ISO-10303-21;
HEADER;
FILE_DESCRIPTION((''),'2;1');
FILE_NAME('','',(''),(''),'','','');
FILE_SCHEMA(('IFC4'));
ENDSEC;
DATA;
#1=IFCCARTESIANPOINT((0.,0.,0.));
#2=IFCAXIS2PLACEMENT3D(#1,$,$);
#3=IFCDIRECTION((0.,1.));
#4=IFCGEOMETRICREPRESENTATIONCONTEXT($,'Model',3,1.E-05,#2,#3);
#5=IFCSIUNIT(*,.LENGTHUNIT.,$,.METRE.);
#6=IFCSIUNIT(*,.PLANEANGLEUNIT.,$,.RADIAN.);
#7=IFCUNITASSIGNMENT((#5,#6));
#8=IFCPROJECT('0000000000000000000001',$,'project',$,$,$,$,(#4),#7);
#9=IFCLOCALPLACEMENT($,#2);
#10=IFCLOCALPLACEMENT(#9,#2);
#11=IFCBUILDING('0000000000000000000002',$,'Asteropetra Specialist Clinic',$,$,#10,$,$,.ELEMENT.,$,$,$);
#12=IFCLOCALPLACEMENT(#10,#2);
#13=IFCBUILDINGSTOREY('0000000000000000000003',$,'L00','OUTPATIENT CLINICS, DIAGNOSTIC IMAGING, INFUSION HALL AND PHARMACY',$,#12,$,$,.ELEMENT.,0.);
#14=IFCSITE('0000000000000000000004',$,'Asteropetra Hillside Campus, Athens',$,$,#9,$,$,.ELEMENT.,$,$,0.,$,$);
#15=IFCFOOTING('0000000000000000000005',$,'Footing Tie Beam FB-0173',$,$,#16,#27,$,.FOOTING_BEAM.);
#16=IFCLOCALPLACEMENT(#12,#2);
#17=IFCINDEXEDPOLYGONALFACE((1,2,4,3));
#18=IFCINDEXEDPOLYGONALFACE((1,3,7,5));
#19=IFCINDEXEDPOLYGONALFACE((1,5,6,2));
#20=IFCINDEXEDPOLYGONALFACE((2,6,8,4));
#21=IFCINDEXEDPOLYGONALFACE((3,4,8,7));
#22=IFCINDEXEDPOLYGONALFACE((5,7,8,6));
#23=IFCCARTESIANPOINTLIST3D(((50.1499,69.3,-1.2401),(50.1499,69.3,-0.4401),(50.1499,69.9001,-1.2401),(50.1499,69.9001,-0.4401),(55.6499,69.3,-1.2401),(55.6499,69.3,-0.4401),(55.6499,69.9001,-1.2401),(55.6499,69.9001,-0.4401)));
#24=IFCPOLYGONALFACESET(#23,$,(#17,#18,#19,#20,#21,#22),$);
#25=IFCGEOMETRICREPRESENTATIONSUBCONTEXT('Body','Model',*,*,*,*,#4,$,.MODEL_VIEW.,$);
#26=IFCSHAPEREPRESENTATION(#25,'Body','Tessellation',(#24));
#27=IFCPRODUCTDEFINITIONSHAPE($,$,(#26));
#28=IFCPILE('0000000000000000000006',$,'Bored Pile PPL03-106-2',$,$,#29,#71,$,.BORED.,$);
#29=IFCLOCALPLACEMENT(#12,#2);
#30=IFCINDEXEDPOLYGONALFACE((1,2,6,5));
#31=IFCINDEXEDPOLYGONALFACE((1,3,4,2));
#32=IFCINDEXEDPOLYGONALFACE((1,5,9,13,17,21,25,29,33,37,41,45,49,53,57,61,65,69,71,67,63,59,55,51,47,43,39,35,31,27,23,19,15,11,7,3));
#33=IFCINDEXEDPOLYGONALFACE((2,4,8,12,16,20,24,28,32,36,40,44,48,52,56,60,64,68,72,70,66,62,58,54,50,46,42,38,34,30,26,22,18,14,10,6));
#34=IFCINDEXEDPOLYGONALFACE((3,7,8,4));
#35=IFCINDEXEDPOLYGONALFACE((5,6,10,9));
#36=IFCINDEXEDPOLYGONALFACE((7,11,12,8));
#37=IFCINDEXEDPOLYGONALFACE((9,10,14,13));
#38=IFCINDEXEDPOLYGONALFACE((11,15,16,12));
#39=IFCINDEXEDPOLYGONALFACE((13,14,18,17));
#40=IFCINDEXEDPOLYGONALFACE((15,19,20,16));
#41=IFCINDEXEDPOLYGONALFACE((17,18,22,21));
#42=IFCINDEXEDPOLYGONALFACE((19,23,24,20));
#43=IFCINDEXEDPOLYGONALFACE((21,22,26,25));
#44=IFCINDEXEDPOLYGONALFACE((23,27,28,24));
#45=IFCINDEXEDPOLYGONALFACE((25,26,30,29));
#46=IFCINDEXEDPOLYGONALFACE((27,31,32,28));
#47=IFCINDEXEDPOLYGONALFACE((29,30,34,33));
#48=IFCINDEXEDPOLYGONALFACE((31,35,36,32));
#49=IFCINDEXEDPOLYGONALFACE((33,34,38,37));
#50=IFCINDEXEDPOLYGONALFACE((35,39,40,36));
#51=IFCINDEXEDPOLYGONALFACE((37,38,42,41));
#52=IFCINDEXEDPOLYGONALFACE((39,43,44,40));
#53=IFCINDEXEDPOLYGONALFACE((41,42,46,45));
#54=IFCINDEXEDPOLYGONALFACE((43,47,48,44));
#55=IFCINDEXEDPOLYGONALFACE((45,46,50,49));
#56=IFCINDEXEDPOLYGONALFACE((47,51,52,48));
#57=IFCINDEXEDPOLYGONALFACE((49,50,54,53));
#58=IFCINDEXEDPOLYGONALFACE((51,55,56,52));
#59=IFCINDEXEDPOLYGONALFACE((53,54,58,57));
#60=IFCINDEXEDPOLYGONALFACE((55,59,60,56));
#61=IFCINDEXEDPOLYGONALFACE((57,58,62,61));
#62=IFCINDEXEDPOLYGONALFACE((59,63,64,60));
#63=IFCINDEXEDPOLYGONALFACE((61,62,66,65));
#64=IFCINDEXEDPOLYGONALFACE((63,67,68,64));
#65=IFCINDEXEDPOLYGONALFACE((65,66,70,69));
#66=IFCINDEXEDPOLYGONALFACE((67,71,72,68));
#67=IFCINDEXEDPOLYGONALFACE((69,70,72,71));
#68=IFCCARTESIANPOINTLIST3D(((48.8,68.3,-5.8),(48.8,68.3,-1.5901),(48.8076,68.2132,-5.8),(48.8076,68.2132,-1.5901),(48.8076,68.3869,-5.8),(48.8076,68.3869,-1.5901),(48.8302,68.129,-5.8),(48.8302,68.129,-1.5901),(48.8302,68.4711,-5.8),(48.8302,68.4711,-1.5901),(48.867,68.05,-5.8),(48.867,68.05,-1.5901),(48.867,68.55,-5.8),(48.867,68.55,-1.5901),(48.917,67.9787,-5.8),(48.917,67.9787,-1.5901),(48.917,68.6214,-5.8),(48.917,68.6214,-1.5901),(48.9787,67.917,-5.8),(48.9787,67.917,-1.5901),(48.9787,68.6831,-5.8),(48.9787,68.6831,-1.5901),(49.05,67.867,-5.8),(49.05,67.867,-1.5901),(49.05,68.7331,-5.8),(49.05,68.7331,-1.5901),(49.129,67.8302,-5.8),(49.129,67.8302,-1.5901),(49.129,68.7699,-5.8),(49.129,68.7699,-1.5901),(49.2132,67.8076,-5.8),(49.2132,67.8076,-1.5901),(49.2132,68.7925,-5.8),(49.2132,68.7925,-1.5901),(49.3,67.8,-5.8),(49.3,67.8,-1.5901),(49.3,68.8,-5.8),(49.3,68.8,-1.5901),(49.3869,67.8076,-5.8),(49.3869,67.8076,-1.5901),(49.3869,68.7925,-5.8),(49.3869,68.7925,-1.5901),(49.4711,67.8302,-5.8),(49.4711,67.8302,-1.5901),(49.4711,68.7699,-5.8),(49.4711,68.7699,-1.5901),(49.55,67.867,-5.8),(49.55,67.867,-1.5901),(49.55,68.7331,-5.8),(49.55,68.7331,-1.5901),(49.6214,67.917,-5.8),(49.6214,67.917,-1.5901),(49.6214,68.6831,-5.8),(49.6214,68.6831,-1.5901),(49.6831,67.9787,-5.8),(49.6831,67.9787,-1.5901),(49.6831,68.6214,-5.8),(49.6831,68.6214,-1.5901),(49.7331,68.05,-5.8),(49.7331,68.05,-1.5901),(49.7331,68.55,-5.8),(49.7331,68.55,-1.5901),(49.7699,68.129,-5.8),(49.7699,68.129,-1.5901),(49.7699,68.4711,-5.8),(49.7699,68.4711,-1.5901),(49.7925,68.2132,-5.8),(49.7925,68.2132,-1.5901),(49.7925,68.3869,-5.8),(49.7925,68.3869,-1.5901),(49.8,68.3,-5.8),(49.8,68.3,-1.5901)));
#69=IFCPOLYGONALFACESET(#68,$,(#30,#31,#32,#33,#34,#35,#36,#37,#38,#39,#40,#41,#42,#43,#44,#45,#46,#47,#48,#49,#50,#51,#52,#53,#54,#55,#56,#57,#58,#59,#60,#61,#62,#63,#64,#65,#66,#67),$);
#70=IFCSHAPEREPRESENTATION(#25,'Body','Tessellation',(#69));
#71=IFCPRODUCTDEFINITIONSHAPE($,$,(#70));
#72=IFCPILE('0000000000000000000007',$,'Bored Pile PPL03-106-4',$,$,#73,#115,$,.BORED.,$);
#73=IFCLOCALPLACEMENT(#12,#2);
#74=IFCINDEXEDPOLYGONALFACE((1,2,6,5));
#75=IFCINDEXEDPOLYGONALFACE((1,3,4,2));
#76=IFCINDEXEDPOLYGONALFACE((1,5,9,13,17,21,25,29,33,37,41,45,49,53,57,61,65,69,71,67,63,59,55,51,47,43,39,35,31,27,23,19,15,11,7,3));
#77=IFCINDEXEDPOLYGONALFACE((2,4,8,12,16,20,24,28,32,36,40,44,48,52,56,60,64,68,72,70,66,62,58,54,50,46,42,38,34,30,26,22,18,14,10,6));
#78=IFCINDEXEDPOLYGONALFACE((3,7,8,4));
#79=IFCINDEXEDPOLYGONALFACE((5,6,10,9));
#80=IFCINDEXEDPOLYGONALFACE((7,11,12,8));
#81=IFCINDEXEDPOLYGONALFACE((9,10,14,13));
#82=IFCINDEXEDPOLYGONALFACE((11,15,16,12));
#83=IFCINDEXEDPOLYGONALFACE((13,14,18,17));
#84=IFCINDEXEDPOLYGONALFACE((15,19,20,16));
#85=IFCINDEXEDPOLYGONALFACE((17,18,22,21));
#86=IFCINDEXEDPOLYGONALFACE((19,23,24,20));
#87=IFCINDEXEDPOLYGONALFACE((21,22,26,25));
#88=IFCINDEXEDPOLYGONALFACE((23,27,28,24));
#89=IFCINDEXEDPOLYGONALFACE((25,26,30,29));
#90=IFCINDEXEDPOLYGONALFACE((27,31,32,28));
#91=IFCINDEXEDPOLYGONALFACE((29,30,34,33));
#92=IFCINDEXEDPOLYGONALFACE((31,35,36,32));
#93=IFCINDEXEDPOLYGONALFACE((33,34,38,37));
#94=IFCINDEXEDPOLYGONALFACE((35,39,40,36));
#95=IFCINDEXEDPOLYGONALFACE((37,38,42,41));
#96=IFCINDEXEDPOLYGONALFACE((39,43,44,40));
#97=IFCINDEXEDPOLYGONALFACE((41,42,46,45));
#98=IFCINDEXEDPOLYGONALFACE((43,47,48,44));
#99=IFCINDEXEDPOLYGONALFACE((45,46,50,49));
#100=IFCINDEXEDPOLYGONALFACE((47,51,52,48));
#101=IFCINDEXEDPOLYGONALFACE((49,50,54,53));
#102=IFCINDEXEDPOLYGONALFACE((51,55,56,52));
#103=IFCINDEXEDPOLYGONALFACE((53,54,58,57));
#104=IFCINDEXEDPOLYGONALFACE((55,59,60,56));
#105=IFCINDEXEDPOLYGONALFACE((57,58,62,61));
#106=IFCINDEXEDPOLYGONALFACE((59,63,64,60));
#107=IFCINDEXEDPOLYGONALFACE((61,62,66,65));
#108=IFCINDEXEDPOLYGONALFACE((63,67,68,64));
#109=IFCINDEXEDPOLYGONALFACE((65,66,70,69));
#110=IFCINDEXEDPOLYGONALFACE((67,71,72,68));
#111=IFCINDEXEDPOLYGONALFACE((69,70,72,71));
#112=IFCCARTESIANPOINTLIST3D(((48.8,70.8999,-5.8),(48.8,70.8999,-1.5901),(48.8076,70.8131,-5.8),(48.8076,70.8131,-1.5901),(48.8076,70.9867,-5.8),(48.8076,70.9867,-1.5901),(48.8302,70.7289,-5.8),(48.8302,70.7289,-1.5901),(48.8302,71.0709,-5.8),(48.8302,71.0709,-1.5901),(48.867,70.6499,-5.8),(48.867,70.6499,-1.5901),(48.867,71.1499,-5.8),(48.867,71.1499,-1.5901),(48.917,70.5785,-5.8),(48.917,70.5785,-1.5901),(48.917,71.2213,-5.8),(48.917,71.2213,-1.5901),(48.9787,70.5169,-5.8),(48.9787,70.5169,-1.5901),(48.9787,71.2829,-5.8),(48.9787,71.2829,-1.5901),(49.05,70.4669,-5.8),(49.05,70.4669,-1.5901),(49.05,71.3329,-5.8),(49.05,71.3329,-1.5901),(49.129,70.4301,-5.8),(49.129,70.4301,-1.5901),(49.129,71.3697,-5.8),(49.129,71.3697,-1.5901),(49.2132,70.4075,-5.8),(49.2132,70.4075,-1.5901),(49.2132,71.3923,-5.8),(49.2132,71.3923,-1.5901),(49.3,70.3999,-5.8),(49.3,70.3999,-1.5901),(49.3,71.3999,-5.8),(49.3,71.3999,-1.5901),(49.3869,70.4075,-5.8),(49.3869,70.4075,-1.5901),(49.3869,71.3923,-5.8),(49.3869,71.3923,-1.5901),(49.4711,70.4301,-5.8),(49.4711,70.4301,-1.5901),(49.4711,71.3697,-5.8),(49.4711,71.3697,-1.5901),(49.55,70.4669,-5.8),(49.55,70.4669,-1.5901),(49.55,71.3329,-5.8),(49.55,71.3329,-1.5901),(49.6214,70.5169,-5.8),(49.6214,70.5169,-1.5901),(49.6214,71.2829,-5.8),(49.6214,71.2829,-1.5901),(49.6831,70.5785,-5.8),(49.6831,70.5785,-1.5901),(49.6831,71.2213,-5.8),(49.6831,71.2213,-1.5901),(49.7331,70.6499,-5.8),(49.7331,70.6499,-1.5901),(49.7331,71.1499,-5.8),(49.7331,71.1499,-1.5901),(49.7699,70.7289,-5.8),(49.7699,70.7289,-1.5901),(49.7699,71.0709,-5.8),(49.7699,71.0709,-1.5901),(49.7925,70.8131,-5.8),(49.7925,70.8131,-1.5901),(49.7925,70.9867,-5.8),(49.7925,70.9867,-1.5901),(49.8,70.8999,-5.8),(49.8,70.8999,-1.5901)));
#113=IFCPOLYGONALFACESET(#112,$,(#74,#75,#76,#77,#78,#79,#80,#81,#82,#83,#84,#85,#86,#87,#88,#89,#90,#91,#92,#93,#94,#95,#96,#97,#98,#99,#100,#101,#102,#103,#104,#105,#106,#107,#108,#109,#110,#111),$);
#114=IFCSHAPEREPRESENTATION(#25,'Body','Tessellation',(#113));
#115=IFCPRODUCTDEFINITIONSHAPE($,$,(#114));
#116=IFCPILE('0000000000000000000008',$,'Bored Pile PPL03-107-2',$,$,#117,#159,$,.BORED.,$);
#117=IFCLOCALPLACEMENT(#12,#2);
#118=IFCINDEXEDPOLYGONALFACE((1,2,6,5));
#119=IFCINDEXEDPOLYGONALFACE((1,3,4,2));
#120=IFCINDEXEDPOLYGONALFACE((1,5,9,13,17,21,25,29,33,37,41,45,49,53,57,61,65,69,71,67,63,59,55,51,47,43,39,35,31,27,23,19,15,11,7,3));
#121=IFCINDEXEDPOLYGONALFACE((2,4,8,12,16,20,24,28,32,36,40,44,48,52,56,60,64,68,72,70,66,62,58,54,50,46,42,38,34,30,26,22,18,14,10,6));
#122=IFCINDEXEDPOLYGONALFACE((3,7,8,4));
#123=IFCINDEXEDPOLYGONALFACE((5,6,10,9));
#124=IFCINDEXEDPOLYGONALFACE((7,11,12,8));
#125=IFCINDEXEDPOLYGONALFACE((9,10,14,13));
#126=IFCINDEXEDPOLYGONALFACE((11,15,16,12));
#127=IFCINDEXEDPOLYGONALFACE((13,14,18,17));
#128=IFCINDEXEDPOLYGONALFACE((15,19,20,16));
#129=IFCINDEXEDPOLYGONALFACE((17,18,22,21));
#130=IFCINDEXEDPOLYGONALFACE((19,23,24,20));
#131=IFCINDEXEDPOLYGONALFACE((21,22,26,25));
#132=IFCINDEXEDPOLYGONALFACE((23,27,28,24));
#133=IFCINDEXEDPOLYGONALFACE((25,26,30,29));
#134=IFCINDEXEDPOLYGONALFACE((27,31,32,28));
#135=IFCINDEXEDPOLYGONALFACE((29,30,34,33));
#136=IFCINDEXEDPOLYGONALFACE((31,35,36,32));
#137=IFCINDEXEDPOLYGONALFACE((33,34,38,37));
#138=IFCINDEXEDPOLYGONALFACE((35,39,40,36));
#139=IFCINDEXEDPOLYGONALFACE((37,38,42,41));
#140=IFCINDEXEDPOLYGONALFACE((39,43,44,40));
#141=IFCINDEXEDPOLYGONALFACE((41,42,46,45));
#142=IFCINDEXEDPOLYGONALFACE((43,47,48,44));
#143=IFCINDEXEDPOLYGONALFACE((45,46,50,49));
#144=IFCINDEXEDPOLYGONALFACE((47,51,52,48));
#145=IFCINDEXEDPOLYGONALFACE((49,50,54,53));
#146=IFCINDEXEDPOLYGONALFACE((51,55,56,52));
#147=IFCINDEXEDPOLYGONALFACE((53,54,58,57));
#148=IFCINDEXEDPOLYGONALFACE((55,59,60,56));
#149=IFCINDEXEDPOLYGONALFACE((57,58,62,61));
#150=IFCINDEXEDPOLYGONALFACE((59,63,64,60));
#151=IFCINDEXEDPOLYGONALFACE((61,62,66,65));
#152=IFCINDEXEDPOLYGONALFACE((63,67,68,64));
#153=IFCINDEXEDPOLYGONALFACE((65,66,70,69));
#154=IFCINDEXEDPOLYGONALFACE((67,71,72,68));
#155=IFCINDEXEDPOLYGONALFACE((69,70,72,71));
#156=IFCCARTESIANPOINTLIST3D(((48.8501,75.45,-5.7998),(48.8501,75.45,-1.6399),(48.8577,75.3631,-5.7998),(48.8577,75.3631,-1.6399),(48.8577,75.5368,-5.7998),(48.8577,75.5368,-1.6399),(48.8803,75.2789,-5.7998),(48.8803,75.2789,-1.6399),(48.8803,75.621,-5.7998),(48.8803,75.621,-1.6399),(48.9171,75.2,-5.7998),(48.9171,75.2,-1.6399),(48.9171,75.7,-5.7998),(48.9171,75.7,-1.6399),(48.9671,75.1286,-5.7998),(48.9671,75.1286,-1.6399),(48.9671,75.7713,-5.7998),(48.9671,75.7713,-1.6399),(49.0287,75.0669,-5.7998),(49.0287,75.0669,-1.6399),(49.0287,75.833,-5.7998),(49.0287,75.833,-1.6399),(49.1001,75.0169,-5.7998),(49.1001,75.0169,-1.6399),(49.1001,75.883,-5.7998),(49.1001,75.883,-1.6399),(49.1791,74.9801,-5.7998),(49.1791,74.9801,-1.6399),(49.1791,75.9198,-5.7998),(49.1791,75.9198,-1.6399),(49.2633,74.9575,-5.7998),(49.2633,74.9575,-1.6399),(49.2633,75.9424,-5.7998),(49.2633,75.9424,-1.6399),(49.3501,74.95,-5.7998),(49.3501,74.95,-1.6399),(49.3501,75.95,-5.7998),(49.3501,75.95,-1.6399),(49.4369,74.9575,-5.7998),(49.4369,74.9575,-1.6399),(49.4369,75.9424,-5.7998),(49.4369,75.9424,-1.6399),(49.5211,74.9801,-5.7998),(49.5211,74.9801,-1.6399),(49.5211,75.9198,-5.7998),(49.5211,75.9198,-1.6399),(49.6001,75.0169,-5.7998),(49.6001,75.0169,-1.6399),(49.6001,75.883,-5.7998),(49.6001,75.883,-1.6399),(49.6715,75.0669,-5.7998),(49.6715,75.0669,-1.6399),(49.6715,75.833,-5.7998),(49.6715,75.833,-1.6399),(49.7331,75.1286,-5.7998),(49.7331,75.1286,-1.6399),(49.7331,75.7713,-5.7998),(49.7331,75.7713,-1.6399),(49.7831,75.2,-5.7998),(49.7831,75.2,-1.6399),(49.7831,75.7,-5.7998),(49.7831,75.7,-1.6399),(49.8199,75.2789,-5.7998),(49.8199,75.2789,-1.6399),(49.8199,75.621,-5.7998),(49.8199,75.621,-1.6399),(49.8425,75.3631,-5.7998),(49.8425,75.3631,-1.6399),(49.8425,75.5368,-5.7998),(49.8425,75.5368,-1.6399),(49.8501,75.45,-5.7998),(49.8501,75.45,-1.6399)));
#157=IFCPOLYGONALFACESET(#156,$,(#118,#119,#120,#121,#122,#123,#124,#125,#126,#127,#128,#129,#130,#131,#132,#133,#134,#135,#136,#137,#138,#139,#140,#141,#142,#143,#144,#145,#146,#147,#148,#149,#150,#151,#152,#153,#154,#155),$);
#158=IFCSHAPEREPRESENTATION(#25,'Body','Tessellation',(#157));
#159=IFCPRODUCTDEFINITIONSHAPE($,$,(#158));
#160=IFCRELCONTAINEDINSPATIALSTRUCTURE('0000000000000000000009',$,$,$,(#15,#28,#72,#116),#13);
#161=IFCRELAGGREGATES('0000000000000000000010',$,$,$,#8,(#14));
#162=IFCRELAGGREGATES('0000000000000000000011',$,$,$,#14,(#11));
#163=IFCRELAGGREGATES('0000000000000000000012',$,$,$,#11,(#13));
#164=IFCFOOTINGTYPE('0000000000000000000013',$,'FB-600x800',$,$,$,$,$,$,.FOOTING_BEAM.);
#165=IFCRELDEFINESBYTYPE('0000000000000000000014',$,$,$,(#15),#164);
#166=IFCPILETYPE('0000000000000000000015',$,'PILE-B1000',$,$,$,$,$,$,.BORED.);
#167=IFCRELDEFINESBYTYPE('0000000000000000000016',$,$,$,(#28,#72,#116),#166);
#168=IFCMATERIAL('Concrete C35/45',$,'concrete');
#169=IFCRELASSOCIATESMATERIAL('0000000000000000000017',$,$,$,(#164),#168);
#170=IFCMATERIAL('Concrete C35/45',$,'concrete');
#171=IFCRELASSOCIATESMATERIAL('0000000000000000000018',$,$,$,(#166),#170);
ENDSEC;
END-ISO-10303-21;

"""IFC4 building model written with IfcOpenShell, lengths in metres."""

from ifc_helpers import new_model, si_unit, direction, frame, origin, origin_2d, place, context, subcontext, project, spatial, rectangle, circle, extrude, material, material_profile, profile_set, type_object, element, save


model = new_model("IFC4")

# Units and contexts
model_context = context("Model", 3, precision=1e-05, world=origin(), true_north=direction((0.0, 1.0)))
body_context = subcontext(model_context, "Body", "Model", "MODEL_VIEW")
ifc_project = project(units=[si_unit("LENGTHUNIT", "METRE"), si_unit("PLANEANGLEUNIT", "RADIAN")], contexts=[model_context])

# Site, building, storey
site_placement = place(None, origin())
site = spatial("IfcSite", under=ifc_project, at=site_placement, Name="Asteropetra Hillside Campus, Athens", CompositionType="ELEMENT", RefElevation=0.0)
building_placement = place(site_placement, origin())
building = spatial("IfcBuilding", under=site, at=building_placement, Name="Asteropetra Specialist Clinic", CompositionType="ELEMENT")
storey_placement = place(building_placement, origin())
storey = spatial("IfcBuildingStorey", under=building, at=storey_placement, Name="L00", Description="OUTPATIENT CLINICS, DIAGNOSTIC IMAGING, INFUSION HALL AND PHARMACY", CompositionType="ELEMENT", Elevation=0.0)

# Footing
ifc_material_1 = material(Name="Concrete C35/45", Category="concrete")
ifc_material_profile_1 = material_profile(ifc_material_1, rectangle(XDim=0.6001, YDim=0.8, at=origin_2d()), Name="FB 600x800")
ifc_profile_set_1 = profile_set([ifc_material_profile_1], Name="Concrete C35/45")
footing_type = type_object("IfcFootingType", Name="FB-600x800", PredefinedType="FOOTING_BEAM", material=ifc_profile_set_1)
footing_placement = place(storey_placement, frame((50.1499, 69.6001, -0.8401), z_axis=(1.0, 0.0, 0.0), x_axis=(0.0, 1.0, 0.0)))
element("IfcFooting", 1, at=footing_placement, inside=storey, type_object=footing_type, Name="Footing Tie Beam FB-0173", PredefinedType="FOOTING_BEAM", context=body_context, shape_type="SweptSolid", body=[
    extrude(rectangle(XDim=0.6001, YDim=0.8, at=origin_2d()), origin(), (0.0, 0.0, 1.0), 5.5),
])

# Piles
ifc_material_2 = material(Name="Concrete C35/45", Category="concrete")
ifc_material_profile_2 = material_profile(ifc_material_2, circle(Radius=0.5, at=origin_2d()), Name="PILE D1000")
ifc_profile_set_2 = profile_set([ifc_material_profile_2], Name="Concrete C35/45")
pile_type = type_object("IfcPileType", Name="PILE-B1000", PredefinedType="BORED", material=ifc_profile_set_2)
for number, where, z_axis, x_axis, name in (
    (2, (49.3, 68.3, -1.5901), (0.0, 0.0, -1.0), (1.0, 0.0, 0.0), "Bored Pile PPL03-106-2"),
    (3, (49.3, 70.8999, -1.5901), (0.0, 0.0, -1.0), (1.0, 0.0, 0.0), "Bored Pile PPL03-106-4"),
):
    element("IfcPile", number, at=place(storey_placement, frame(where, z_axis=z_axis, x_axis=x_axis)), inside=storey, type_object=pile_type, Name=name, PredefinedType="BORED", context=body_context, shape_type="SweptSolid", body=[
        extrude(circle(Radius=0.5, at=origin_2d()), origin(), (0.0, 0.0, 1.0), 4.21),
    ])
pile_placement = place(storey_placement, frame((49.3501, 75.45, -1.6399), z_axis=(0.0, 0.0, -1.0), x_axis=(1.0, 0.0, 0.0)))
element("IfcPile", 4, at=pile_placement, inside=storey, type_object=pile_type, Name="Bored Pile PPL03-107-2", PredefinedType="BORED", context=body_context, shape_type="SweptSolid", body=[
    extrude(circle(Radius=0.5, at=origin_2d()), origin(), (0.0, 0.0, 1.0), 4.1599),
])

save(model, "model.ifc")
